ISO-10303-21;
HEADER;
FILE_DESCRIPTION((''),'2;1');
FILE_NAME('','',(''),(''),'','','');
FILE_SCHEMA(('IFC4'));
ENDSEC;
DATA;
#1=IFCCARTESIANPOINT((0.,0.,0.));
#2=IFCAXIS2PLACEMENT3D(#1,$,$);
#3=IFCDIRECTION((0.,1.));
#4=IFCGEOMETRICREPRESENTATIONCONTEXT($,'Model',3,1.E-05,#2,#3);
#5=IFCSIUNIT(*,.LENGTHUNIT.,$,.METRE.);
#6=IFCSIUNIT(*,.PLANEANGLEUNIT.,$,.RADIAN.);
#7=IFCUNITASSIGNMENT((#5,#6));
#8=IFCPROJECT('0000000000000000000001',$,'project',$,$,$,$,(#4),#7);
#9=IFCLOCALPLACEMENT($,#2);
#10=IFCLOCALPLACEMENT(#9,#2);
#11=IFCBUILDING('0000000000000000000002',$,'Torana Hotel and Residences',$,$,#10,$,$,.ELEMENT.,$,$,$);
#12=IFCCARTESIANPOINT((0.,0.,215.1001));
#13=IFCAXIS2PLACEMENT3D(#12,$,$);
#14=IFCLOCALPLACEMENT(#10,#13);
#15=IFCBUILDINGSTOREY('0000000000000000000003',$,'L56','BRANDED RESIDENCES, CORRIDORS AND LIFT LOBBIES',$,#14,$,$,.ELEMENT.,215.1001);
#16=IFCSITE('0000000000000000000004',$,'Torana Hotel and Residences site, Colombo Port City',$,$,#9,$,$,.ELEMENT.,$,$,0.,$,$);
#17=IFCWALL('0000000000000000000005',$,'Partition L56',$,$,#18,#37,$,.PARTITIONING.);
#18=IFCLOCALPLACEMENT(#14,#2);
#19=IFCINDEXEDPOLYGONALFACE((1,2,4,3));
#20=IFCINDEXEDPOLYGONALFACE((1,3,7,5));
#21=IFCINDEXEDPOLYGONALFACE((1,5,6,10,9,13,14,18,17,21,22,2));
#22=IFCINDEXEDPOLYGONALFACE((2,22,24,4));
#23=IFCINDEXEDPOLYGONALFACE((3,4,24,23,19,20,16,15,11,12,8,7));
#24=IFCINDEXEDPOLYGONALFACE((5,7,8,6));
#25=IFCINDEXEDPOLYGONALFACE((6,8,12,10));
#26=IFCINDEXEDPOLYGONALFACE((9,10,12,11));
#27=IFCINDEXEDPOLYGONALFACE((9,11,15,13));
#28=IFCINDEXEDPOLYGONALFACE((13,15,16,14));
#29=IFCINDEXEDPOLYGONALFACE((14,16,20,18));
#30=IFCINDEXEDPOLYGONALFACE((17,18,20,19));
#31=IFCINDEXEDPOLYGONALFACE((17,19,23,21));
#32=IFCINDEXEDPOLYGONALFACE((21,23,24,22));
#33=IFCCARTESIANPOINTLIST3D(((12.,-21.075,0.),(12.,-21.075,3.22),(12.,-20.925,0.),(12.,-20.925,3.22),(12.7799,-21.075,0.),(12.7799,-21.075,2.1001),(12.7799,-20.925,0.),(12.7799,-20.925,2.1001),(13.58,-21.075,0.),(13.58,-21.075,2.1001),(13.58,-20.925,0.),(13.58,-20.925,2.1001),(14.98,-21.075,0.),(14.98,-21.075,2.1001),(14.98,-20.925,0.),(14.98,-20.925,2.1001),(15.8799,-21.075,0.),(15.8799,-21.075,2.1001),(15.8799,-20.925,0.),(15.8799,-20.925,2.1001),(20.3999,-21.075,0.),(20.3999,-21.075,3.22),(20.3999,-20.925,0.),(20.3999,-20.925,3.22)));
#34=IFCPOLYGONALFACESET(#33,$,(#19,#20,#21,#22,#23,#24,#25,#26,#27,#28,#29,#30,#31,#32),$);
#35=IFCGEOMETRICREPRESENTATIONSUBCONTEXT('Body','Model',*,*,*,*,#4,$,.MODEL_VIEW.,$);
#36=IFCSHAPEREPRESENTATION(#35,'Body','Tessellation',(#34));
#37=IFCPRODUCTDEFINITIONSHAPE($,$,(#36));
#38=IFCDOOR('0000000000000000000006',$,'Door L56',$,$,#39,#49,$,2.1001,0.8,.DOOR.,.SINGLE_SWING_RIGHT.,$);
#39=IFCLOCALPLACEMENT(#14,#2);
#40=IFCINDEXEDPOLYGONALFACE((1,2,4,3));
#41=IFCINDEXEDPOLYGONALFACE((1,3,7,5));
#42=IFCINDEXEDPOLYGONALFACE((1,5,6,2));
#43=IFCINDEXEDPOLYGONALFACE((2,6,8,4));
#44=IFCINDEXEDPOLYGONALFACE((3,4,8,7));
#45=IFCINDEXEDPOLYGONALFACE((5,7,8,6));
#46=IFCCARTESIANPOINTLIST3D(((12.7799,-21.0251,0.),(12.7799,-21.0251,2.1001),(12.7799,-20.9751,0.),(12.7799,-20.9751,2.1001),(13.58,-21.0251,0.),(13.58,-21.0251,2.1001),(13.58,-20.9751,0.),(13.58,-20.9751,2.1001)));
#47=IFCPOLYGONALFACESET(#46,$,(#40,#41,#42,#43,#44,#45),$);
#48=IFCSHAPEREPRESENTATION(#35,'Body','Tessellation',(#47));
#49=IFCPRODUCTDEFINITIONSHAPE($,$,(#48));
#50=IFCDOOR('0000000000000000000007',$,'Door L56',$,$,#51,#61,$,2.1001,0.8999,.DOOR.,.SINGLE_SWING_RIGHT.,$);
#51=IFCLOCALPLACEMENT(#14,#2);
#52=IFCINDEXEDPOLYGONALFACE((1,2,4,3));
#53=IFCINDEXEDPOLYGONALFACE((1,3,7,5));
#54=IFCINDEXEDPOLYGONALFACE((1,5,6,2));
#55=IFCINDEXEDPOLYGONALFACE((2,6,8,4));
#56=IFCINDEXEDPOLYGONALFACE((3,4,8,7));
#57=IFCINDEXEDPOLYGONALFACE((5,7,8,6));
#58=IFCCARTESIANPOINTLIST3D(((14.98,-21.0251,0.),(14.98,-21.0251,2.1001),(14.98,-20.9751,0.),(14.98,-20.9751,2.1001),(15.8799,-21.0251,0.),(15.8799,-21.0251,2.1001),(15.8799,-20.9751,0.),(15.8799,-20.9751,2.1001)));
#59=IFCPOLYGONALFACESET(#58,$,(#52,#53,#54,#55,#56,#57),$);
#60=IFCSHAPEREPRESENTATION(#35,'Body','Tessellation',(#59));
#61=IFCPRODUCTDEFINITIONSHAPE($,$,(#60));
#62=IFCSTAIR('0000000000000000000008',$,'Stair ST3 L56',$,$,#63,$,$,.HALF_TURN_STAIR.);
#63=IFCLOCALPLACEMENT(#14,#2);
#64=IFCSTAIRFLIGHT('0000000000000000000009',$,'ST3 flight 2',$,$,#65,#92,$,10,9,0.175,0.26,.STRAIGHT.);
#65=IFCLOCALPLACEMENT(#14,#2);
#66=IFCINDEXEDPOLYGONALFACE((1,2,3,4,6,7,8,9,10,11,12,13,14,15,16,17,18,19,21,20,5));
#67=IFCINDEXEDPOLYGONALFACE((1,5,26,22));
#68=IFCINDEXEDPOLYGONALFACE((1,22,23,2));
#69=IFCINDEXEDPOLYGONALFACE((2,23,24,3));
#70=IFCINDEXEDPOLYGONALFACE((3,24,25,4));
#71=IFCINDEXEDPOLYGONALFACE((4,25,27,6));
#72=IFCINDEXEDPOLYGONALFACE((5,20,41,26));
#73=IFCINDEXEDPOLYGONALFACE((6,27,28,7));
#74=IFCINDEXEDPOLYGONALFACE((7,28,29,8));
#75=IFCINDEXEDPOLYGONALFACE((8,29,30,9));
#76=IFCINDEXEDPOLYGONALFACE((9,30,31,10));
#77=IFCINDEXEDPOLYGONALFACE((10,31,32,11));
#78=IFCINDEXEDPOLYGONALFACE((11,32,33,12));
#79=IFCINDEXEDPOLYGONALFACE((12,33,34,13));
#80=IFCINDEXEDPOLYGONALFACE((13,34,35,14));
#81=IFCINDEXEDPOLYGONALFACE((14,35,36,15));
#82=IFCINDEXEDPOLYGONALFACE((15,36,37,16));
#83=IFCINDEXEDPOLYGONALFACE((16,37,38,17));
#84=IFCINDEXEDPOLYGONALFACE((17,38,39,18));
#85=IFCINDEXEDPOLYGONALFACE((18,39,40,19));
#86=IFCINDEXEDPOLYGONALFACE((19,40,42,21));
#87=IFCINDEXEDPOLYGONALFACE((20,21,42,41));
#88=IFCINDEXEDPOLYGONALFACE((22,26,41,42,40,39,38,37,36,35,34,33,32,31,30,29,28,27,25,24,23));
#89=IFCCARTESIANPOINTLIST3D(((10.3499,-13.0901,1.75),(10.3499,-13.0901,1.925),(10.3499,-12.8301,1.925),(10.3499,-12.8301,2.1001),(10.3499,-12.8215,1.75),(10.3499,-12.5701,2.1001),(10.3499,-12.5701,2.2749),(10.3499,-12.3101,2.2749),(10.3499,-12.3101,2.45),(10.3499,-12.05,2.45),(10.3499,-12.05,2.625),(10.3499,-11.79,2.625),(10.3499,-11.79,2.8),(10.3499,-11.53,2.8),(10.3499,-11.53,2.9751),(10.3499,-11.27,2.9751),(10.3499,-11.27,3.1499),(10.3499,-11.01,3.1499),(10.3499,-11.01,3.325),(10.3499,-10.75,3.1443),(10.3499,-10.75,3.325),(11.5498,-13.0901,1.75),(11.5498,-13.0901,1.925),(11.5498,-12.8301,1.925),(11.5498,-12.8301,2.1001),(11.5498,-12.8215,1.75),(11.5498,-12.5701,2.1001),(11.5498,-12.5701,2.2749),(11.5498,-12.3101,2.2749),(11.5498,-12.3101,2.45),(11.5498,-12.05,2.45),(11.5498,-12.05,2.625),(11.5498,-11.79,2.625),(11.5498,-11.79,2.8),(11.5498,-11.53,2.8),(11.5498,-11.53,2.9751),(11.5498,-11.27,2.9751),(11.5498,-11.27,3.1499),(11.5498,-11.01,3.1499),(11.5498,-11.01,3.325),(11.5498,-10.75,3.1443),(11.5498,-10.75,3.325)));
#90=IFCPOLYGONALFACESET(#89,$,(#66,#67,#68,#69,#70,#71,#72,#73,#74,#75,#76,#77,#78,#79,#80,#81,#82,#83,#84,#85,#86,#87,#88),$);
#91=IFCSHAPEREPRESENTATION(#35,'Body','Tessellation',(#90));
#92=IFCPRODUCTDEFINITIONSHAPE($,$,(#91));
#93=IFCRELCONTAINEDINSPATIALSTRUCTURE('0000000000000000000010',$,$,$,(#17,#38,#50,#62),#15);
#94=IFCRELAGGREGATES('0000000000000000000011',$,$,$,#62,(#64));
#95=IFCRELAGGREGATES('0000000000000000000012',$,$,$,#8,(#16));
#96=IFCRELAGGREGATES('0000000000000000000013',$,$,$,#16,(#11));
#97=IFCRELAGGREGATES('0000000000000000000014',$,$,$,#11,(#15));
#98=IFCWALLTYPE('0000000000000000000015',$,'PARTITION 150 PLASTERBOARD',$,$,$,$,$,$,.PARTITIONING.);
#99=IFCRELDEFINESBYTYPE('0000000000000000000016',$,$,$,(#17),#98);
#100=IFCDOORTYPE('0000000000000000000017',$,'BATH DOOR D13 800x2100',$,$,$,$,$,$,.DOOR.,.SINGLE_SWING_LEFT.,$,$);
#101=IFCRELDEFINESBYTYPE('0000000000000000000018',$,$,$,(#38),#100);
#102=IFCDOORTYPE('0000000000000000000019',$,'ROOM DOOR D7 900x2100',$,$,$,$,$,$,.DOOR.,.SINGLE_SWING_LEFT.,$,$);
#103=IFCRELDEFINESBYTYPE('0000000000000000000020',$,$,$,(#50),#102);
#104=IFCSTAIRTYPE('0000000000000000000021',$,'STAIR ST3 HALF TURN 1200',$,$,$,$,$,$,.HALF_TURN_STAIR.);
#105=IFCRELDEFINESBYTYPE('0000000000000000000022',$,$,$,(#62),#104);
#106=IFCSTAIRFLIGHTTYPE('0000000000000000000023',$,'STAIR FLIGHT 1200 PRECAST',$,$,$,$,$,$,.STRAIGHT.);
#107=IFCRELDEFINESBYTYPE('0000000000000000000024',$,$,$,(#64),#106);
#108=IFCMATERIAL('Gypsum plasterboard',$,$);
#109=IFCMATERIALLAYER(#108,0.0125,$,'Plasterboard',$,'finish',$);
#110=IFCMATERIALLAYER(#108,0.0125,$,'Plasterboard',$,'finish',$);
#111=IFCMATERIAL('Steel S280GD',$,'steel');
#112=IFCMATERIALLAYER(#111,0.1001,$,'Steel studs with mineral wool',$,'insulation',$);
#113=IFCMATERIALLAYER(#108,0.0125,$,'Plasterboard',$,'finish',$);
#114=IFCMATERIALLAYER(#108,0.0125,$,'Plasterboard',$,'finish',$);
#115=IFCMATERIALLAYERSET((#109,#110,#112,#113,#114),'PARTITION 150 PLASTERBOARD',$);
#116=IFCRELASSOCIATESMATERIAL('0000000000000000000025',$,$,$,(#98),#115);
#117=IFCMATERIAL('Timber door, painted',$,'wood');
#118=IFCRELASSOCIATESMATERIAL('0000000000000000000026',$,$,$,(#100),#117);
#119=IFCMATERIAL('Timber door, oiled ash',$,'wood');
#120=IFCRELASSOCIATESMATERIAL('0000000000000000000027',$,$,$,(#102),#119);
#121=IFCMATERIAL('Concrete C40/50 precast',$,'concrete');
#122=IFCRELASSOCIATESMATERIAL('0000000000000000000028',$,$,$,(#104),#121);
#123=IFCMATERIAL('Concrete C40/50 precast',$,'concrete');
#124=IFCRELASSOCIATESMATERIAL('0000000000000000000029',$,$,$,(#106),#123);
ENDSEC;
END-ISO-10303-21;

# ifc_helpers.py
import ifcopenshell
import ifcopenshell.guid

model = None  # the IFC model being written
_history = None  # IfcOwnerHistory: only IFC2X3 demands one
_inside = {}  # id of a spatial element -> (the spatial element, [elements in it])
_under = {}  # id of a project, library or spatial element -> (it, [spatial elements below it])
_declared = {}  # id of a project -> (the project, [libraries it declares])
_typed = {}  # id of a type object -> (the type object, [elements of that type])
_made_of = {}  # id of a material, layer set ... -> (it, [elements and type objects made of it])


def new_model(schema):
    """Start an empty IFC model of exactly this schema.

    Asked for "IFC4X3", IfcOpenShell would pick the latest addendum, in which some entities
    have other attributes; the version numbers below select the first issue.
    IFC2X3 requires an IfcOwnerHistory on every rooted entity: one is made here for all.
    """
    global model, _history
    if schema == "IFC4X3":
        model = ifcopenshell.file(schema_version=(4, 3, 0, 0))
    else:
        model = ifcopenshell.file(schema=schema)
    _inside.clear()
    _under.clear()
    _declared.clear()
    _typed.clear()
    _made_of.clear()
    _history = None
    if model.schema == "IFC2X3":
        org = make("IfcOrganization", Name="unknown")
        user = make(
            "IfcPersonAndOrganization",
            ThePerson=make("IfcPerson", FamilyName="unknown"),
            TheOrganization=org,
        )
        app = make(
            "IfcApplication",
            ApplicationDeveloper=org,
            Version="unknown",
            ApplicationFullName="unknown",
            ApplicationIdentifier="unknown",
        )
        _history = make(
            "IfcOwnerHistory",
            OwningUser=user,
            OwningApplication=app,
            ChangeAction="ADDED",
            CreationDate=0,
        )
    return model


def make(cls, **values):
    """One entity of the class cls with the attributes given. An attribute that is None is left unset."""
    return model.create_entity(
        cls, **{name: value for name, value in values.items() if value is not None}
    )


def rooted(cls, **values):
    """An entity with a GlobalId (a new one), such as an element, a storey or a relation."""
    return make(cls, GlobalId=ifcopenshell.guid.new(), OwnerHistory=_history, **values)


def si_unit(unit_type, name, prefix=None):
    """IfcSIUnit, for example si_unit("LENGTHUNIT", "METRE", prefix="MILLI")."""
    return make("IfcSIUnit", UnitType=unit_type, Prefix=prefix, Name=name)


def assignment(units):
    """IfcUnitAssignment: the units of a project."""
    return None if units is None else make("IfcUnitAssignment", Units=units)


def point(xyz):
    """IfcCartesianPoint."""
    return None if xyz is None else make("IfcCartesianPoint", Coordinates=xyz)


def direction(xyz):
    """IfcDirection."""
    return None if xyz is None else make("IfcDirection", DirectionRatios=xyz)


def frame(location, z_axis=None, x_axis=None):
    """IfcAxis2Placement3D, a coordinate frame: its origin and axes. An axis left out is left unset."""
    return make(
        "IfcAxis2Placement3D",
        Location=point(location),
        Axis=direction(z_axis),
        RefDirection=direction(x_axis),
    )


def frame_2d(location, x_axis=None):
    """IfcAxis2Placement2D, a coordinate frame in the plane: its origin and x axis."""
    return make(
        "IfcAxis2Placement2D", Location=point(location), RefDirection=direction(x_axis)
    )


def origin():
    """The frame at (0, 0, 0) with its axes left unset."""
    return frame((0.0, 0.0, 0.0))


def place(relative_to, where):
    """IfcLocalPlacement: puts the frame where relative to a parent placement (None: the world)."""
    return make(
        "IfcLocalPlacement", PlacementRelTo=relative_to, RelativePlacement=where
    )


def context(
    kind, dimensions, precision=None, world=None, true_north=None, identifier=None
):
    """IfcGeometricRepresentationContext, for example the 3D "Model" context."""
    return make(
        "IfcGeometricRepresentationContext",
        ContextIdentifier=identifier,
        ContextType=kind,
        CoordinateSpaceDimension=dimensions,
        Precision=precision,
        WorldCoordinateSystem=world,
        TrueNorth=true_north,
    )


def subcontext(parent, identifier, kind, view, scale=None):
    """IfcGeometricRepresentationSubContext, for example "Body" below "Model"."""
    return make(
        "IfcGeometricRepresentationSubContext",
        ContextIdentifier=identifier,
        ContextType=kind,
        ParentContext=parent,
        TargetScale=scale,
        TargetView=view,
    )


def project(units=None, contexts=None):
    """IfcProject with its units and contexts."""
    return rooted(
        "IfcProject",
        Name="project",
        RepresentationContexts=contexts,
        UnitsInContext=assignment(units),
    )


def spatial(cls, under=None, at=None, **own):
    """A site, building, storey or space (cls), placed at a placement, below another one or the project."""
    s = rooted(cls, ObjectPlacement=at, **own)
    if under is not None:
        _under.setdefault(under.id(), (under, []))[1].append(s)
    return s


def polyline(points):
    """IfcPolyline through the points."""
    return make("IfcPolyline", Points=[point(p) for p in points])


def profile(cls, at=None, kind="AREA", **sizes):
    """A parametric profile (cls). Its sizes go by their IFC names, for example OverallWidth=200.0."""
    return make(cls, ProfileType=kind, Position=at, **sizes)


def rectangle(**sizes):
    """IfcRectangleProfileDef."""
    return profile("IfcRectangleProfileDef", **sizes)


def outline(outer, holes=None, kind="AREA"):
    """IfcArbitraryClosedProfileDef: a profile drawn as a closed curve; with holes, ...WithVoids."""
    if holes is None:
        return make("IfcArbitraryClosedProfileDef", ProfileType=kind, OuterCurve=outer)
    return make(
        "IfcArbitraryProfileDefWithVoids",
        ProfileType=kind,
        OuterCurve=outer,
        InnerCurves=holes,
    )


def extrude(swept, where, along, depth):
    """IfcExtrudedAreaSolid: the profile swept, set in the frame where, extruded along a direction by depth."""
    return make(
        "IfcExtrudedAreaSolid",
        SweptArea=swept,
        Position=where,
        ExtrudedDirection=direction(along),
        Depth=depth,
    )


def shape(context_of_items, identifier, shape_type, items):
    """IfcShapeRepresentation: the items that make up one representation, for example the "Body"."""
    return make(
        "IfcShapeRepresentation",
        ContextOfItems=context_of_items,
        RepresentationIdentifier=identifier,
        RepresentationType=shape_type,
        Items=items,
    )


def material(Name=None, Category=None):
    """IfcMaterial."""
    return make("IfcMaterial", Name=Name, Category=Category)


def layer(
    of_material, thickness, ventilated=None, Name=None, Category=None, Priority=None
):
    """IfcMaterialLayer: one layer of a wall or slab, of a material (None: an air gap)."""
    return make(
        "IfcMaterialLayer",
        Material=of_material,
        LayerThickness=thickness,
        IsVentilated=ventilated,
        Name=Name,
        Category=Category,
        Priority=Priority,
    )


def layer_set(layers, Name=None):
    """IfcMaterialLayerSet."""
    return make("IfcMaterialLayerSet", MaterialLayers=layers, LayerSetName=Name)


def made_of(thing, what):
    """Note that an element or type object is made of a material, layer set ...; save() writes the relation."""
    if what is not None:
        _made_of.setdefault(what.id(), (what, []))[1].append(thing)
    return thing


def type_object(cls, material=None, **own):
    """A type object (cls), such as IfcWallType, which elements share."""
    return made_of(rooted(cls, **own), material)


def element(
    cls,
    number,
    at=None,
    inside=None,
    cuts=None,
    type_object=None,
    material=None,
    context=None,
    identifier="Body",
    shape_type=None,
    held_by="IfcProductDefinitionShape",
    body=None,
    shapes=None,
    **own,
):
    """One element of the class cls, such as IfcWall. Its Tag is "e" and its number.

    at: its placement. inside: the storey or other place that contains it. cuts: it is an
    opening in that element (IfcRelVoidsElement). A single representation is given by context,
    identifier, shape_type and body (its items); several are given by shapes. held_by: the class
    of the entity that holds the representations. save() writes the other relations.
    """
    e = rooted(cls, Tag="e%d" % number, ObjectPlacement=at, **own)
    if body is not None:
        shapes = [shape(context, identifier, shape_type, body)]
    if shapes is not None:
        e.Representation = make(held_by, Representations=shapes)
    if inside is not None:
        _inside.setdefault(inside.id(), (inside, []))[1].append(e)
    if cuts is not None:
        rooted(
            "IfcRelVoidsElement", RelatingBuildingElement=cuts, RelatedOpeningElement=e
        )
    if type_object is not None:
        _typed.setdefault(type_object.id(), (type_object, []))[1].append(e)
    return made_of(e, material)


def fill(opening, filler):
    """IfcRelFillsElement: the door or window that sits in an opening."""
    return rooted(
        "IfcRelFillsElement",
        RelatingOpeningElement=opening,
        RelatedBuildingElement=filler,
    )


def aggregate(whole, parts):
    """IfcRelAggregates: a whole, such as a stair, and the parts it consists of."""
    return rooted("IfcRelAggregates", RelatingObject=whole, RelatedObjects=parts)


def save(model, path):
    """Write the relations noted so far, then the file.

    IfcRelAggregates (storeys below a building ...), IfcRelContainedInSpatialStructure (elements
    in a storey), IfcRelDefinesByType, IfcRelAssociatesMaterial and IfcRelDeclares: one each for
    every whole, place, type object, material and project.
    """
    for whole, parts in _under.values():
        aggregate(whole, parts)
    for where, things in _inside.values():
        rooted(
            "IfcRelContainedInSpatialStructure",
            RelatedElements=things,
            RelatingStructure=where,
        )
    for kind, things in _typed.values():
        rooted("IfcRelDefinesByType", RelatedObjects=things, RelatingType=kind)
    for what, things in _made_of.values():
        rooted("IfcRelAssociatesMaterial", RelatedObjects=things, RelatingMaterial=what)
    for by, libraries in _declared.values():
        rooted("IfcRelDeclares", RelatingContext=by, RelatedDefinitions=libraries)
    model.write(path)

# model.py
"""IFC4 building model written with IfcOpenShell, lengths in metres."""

from ifc_helpers import new_model, si_unit, direction, frame, frame_2d, origin, place, context, subcontext, project, spatial, polyline, rectangle, outline, extrude, material, layer, layer_set, type_object, element, fill, aggregate, save


model = new_model("IFC4")

# Units and contexts
model_context = context("Model", 3, precision=1e-05, world=origin(), true_north=direction((0.0, 1.0)))
body_context = subcontext(model_context, "Body", "Model", "MODEL_VIEW")
ifc_project = project(units=[si_unit("LENGTHUNIT", "METRE"), si_unit("PLANEANGLEUNIT", "RADIAN")], contexts=[model_context])

# Site, building, storey
site_placement = place(None, origin())
site = spatial("IfcSite", under=ifc_project, at=site_placement, Name="Torana Hotel and Residences site, Colombo Port City", CompositionType="ELEMENT", RefElevation=0.0)
building_placement = place(site_placement, origin())
building = spatial("IfcBuilding", under=site, at=building_placement, Name="Torana Hotel and Residences", CompositionType="ELEMENT")
storey_placement = place(building_placement, frame((0.0, 0.0, 215.1001)))
storey = spatial("IfcBuildingStorey", under=building, at=storey_placement, Name="L56", Description="BRANDED RESIDENCES, CORRIDORS AND LIFT LOBBIES", CompositionType="ELEMENT", Elevation=215.1001)

# Shared definitions
ifc_material_1 = material(Name="Gypsum plasterboard")
ifc_layer_1 = layer(ifc_material_1, 0.0125, Name="Plasterboard", Category="finish")
ifc_layer_2 = layer(ifc_material_1, 0.0125, Name="Plasterboard", Category="finish")
ifc_material_2 = material(Name="Steel S280GD", Category="steel")
ifc_layer_3 = layer(ifc_material_2, 0.1001, Name="Steel studs with mineral wool", Category="insulation")
ifc_layer_4 = layer(ifc_material_1, 0.0125, Name="Plasterboard", Category="finish")
ifc_layer_5 = layer(ifc_material_1, 0.0125, Name="Plasterboard", Category="finish")
ifc_layer_set_1 = layer_set([ifc_layer_1, ifc_layer_2, ifc_layer_3, ifc_layer_4, ifc_layer_5], Name="PARTITION 150 PLASTERBOARD")
wall_type_1 = type_object("IfcWallType", Name="PARTITION 150 PLASTERBOARD", PredefinedType="PARTITIONING", material=ifc_layer_set_1)

# Wall, openings, doors
wall_1_placement = place(storey_placement, frame((12.0, -21.0, 0.0), z_axis=(0.0, 0.0, 1.0), x_axis=(1.0, 0.0, 0.0)))
wall_1 = element("IfcWall", 1, at=wall_1_placement, inside=storey, type_object=wall_type_1, Name="Partition L56", PredefinedType="PARTITIONING", context=body_context, shape_type="SweptSolid", body=[
    extrude(rectangle(XDim=8.3999, YDim=0.1499, at=frame_2d((4.2, 0.0))), origin(), (0.0, 0.0, 1.0), 3.22),
])
opening_1_placement = place(wall_1_placement, frame((0.78, 0.0, 0.0)))
opening_1 = element("IfcOpeningElement", 2, at=opening_1_placement, cuts=wall_1, PredefinedType="OPENING", context=body_context, shape_type="SweptSolid", body=[
    extrude(rectangle(XDim=0.8, YDim=2.1001, at=frame_2d((0.3999, 1.05))), frame((0.0, 0.085, 0.0), z_axis=(0.0, -1.0, 0.0), x_axis=(1.0, 0.0, 0.0)), (0.0, 0.0, 1.0), 0.1699),
])
opening_2_placement = place(wall_1_placement, frame((2.98, 0.0, 0.0)))
opening_2 = element("IfcOpeningElement", 3, at=opening_2_placement, cuts=wall_1, PredefinedType="OPENING", context=body_context, shape_type="SweptSolid", body=[
    extrude(rectangle(XDim=0.8999, YDim=2.1001, at=frame_2d((0.45, 1.05))), frame((0.0, 0.085, 0.0), z_axis=(0.0, -1.0, 0.0), x_axis=(1.0, 0.0, 0.0)), (0.0, 0.0, 1.0), 0.1699),
])
ifc_material_3 = material(Name="Timber door, painted", Category="wood")
door_type_1 = type_object("IfcDoorType", Name="BATH DOOR D13 800x2100", OperationType="SINGLE_SWING_LEFT", PredefinedType="DOOR", material=ifc_material_3)
door_1_placement = place(opening_1_placement, origin())
door_1 = element("IfcDoor", 4, at=door_1_placement, inside=storey, type_object=door_type_1, Name="Door L56", OperationType="SINGLE_SWING_RIGHT", OverallHeight=2.1001, OverallWidth=0.8, PredefinedType="DOOR", context=body_context, shape_type="SweptSolid", body=[
    extrude(rectangle(XDim=0.8, YDim=2.1001, at=frame_2d((0.3999, 1.05))), frame((0.0, 0.0249, 0.0), z_axis=(0.0, -1.0, 0.0), x_axis=(1.0, 0.0, 0.0)), (0.0, 0.0, 1.0), 0.05),
])
fill(opening_1, door_1)
ifc_material_4 = material(Name="Timber door, oiled ash", Category="wood")
door_type_2 = type_object("IfcDoorType", Name="ROOM DOOR D7 900x2100", OperationType="SINGLE_SWING_LEFT", PredefinedType="DOOR", material=ifc_material_4)
door_2_placement = place(opening_2_placement, origin())
door_2 = element("IfcDoor", 5, at=door_2_placement, inside=storey, type_object=door_type_2, Name="Door L56", OperationType="SINGLE_SWING_RIGHT", OverallHeight=2.1001, OverallWidth=0.8999, PredefinedType="DOOR", context=body_context, shape_type="SweptSolid", body=[
    extrude(rectangle(XDim=0.8999, YDim=2.1001, at=frame_2d((0.45, 1.05))), frame((0.0, 0.0249, 0.0), z_axis=(0.0, -1.0, 0.0), x_axis=(1.0, 0.0, 0.0)), (0.0, 0.0, 1.0), 0.05),
])
fill(opening_2, door_2)

# Stair, stair flight
ifc_material_5 = material(Name="Concrete C40/50 precast", Category="concrete")
stair_type = type_object("IfcStairType", Name="STAIR ST3 HALF TURN 1200", PredefinedType="HALF_TURN_STAIR", material=ifc_material_5)
stair_placement = place(storey_placement, origin())
stair = element("IfcStair", 6, at=stair_placement, inside=storey, type_object=stair_type, Name="Stair ST3 L56", PredefinedType="HALF_TURN_STAIR")
ifc_material_6 = material(Name="Concrete C40/50 precast", Category="concrete")
stair_flight_type = type_object("IfcStairFlightType", Name="STAIR FLIGHT 1200 PRECAST", PredefinedType="STRAIGHT", material=ifc_material_6)
stair_flight_placement = place(storey_placement, frame((10.95, -13.0901, 1.75), z_axis=(0.0, 0.0, 1.0), x_axis=(0.0, 1.0, 0.0)))
stair_flight = element("IfcStairFlight", 7, at=stair_flight_placement, type_object=stair_flight_type, Name="ST3 flight 2", NumberOfRisers=10, NumberOfTreads=9, PredefinedType="STRAIGHT", RiserHeight=0.175, TreadLength=0.26, context=body_context, shape_type="SweptSolid", body=[
    extrude(outline(polyline([(0.0, 0.0), (0.0, 0.175), (0.26, 0.175), (0.26, 0.3501), (0.52, 0.3501), (0.52, 0.5249), (0.78, 0.5249), (0.78, 0.7), (1.04, 0.7), (1.04, 0.875), (1.3, 0.875), (1.3, 1.05), (1.5601, 1.05), (1.5601, 1.2251), (1.8201, 1.2251), (1.8201, 1.3999), (2.0801, 1.3999), (2.0801, 1.575), (2.3401, 1.575), (2.3401, 1.75), (2.3401, 1.3943), (0.2686, 0.0), (0.0, 0.0)])), frame((0.0, 0.6001, 0.0), z_axis=(0.0, -1.0, 0.0), x_axis=(1.0, 0.0, 0.0)), (0.0, 0.0, 1.0), 1.2),
])
aggregate(stair, [stair_flight])

save(model, "model.ifc")
